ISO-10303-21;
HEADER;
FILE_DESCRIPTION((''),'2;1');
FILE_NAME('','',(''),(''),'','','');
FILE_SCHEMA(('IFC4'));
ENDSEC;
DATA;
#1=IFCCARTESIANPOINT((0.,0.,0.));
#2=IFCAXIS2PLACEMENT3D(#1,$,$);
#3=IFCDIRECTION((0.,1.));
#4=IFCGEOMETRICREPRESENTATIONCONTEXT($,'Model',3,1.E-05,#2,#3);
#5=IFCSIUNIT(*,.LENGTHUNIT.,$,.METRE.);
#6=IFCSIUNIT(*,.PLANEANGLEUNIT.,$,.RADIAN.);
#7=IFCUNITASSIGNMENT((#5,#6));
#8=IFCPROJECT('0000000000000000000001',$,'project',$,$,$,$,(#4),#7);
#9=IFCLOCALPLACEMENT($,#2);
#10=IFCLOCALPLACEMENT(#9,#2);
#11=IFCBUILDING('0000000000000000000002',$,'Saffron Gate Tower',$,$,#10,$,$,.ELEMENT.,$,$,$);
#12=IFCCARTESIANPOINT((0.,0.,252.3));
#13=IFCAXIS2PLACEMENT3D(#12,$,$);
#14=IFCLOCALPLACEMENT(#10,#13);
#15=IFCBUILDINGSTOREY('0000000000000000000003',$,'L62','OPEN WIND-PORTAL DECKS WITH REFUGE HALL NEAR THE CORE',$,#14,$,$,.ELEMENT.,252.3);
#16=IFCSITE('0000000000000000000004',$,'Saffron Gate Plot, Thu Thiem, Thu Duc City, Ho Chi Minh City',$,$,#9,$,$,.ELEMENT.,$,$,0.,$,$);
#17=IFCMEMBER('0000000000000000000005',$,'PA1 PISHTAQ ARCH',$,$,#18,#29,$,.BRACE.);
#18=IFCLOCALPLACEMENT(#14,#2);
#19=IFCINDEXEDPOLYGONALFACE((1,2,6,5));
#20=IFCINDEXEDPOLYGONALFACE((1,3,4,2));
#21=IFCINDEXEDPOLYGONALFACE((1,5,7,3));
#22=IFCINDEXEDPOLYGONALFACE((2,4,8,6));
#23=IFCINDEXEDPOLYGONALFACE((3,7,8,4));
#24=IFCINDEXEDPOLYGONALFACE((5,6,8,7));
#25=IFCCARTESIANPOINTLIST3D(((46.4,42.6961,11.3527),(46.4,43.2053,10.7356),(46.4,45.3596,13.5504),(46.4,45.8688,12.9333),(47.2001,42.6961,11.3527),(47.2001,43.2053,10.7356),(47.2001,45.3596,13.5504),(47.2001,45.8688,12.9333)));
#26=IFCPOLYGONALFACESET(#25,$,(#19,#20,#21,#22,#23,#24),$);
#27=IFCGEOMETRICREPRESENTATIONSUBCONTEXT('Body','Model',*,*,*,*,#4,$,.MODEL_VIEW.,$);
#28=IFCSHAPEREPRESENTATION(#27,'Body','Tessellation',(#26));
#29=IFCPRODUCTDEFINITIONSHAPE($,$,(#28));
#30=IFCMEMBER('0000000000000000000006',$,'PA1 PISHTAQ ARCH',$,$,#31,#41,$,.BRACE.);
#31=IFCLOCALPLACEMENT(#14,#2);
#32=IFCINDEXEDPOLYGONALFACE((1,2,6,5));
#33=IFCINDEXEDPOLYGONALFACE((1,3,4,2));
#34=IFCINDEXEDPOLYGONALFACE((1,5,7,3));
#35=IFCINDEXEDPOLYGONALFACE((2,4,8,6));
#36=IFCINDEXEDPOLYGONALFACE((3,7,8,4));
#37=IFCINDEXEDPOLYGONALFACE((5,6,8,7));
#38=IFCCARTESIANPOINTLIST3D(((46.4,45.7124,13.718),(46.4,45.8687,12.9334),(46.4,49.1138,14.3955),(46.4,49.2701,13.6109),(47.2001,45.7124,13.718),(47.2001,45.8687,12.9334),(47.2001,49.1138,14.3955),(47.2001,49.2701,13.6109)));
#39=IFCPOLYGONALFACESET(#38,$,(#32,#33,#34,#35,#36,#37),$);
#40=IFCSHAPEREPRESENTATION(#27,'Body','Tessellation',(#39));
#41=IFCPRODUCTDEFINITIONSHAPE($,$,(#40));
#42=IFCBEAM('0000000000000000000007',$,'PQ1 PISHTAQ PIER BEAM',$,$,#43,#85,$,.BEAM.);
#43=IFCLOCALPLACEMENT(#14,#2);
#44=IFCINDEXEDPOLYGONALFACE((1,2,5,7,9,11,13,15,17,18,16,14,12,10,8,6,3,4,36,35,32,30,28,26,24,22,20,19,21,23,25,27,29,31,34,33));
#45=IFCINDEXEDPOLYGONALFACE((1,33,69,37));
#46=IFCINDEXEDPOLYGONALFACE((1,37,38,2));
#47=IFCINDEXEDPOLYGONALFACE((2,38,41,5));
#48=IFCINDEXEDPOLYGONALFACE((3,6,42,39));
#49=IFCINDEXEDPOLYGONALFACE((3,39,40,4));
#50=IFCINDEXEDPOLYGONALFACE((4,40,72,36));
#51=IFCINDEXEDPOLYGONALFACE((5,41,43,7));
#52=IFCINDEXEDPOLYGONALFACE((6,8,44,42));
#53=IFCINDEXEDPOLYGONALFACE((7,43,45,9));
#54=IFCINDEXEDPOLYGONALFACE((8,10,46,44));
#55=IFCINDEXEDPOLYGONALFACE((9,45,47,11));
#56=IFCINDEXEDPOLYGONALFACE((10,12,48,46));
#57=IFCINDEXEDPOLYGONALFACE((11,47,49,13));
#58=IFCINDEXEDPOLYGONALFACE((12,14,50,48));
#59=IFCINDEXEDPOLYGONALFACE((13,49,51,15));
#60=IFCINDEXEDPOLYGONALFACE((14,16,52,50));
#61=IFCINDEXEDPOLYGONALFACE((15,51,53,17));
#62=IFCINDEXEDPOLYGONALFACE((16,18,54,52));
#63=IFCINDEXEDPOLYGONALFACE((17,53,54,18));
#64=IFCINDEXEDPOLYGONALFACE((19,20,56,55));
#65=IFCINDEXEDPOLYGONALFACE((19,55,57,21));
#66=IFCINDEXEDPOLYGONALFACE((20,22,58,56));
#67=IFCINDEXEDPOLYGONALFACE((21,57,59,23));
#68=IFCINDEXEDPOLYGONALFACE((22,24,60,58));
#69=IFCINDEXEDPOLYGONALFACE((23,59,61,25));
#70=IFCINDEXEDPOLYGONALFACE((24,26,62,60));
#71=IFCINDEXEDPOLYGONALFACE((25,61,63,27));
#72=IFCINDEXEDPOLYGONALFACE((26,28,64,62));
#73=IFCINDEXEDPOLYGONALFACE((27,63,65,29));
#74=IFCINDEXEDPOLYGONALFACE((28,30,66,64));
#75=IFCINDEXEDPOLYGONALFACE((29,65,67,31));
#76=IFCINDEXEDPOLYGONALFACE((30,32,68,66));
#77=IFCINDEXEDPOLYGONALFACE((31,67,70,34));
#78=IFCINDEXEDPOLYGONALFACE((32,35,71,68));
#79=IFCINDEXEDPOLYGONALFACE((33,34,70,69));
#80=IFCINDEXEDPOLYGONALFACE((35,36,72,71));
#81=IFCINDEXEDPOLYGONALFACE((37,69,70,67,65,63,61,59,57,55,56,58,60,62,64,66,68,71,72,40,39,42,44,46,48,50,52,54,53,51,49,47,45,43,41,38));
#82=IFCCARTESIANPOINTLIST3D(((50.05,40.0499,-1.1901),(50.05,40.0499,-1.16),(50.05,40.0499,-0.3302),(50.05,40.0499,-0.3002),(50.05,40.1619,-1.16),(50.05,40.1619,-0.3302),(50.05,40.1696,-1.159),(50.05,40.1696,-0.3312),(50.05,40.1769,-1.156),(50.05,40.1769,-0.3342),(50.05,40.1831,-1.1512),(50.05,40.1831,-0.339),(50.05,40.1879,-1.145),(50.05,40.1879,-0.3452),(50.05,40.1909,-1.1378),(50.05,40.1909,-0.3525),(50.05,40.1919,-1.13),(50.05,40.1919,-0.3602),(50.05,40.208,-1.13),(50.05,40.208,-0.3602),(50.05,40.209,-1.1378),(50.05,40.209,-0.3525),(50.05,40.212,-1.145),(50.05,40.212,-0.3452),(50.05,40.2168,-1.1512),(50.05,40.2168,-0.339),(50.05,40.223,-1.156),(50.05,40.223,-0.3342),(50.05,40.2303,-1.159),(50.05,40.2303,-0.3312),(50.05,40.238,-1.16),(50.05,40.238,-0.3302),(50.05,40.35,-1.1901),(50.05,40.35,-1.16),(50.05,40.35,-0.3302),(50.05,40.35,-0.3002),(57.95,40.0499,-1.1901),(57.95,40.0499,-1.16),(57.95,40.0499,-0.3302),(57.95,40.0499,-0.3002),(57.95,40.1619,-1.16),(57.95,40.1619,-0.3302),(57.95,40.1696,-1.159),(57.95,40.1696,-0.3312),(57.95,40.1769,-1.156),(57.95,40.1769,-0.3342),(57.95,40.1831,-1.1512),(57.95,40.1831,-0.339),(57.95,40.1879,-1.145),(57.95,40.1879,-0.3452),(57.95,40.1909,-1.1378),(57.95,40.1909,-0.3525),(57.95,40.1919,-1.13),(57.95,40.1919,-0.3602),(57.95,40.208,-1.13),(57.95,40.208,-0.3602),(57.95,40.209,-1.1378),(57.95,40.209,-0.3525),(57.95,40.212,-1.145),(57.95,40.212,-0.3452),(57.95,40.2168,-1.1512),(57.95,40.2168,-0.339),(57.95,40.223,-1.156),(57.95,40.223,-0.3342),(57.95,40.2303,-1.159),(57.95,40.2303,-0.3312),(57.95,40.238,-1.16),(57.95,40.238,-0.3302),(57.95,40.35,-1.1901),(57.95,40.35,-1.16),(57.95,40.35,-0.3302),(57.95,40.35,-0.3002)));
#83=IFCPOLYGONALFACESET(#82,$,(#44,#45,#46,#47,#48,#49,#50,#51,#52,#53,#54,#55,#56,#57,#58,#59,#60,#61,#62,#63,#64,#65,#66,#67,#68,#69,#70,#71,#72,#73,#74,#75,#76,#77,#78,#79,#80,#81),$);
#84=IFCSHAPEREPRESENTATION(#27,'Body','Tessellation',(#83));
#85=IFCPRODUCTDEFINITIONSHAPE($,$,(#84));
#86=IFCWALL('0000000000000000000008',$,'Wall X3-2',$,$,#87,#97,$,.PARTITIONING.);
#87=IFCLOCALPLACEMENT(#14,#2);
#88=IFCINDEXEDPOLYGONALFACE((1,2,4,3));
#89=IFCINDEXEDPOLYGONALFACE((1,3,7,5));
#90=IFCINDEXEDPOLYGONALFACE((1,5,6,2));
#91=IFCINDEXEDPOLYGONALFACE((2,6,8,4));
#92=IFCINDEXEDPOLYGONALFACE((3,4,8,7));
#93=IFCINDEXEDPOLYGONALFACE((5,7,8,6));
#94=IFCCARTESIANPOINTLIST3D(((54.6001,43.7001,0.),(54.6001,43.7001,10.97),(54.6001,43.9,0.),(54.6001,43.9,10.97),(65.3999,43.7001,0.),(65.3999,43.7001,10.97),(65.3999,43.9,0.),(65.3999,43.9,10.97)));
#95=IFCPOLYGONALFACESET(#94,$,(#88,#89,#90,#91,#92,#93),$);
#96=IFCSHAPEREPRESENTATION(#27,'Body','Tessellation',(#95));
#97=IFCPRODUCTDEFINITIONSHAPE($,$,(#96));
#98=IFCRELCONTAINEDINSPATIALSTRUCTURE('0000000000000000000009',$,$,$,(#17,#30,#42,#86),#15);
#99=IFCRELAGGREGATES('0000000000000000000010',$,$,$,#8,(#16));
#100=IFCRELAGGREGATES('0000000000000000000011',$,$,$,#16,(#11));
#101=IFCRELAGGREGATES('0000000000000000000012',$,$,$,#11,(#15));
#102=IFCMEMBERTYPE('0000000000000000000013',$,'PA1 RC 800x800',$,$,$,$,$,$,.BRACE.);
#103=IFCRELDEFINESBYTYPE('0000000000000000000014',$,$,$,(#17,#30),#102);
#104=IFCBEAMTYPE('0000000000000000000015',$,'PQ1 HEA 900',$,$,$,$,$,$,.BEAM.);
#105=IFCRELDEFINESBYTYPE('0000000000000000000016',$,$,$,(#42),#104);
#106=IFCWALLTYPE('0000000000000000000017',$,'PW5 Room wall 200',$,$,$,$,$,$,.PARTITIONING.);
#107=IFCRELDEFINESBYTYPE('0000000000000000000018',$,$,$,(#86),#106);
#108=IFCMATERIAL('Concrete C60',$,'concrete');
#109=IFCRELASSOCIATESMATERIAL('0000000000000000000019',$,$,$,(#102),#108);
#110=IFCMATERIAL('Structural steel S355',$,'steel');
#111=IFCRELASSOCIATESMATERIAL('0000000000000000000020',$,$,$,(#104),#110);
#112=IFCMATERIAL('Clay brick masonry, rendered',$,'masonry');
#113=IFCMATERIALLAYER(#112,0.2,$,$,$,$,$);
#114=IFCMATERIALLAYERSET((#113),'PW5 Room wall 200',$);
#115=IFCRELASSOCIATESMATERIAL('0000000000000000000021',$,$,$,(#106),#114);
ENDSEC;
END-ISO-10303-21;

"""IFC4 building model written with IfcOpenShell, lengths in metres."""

from ifc_helpers import new_model, si_unit, direction, frame, frame_2d, origin, origin_2d, place, context, subcontext, project, spatial, rectangle, i_section, extrude, material, layer, layer_set, material_profile, profile_set, type_object, element, save


model = new_model("IFC4")

# Units and contexts
model_context = context("Model", 3, precision=1e-05, world=origin(), true_north=direction((0.0, 1.0)))
body_context = subcontext(model_context, "Body", "Model", "MODEL_VIEW")
ifc_project = project(units=[si_unit("LENGTHUNIT", "METRE"), si_unit("PLANEANGLEUNIT", "RADIAN")], contexts=[model_context])

# Site, building, storey
site_placement = place(None, origin())
site = spatial("IfcSite", under=ifc_project, at=site_placement, Name="Saffron Gate Plot, Thu Thiem, Thu Duc City, Ho Chi Minh City", CompositionType="ELEMENT", RefElevation=0.0)
building_placement = place(site_placement, origin())
building = spatial("IfcBuilding", under=site, at=building_placement, Name="Saffron Gate Tower", CompositionType="ELEMENT")
storey_placement = place(building_placement, frame((0.0, 0.0, 252.3)))
storey = spatial("IfcBuildingStorey", under=building, at=storey_placement, Name="L62", Description="OPEN WIND-PORTAL DECKS WITH REFUGE HALL NEAR THE CORE", CompositionType="ELEMENT", Elevation=252.3)

# Shared definitions
ifc_material_1 = material(Name="Structural steel S355", Category="steel")

# Members
ifc_material_2 = material(Name="Concrete C60", Category="concrete")
ifc_material_profile_1 = material_profile(ifc_material_2, rectangle(XDim=0.8, YDim=0.8, at=origin_2d()))
ifc_profile_set_1 = profile_set([ifc_material_profile_1], Name="Concrete C60")
member_type_1 = type_object("IfcMemberType", Name="PA1 RC 800x800", PredefinedType="BRACE", material=ifc_profile_set_1)
member_1_placement = place(storey_placement, frame((46.8, 42.9507, 11.0442), z_axis=(0.0, 0.77133, 0.636436), x_axis=(-1.0, 0.0, 0.0)))
element("IfcMember", 1, at=member_1_placement, inside=storey, type_object=member_type_1, Name="PA1 PISHTAQ ARCH", PredefinedType="BRACE", context=body_context, shape_type="SweptSolid", body=[
    extrude(rectangle(XDim=0.8, YDim=0.8, at=origin_2d()), origin(), (0.0, 0.0, 1.0), 3.4531),
])
member_2_placement = place(storey_placement, frame((46.8, 45.7905, 13.3257), z_axis=(0.0, 0.980735, 0.195344), x_axis=(-1.0, 0.0, 0.0)))
element("IfcMember", 2, at=member_2_placement, inside=storey, type_object=member_type_1, Name="PA1 PISHTAQ ARCH", PredefinedType="BRACE", context=body_context, shape_type="SweptSolid", body=[
    extrude(rectangle(XDim=0.8, YDim=0.8, at=origin_2d()), origin(), (0.0, 0.0, 1.0), 3.4683),
])

# Beam
ifc_material_profile_2 = material_profile(ifc_material_1, i_section(OverallWidth=0.3, OverallDepth=0.8899, WebThickness=0.0161, FlangeThickness=0.03, FilletRadius=0.03, at=origin_2d()))
ifc_profile_set_2 = profile_set([ifc_material_profile_2], Name="Structural steel S355")
beam_type_1 = type_object("IfcBeamType", Name="PQ1 HEA 900", PredefinedType="BEAM", material=ifc_profile_set_2)
beam_1_placement = place(storey_placement, frame((50.05, 40.2, -0.7451), z_axis=(1.0, 0.0, 0.0), x_axis=(0.0, 1.0, 0.0)))
element("IfcBeam", 3, at=beam_1_placement, inside=storey, type_object=beam_type_1, Name="PQ1 PISHTAQ PIER BEAM", PredefinedType="BEAM", context=body_context, shape_type="SweptSolid", body=[
    extrude(i_section(OverallWidth=0.3, OverallDepth=0.8899, WebThickness=0.0161, FlangeThickness=0.03, FilletRadius=0.03, at=origin_2d()), origin(), (0.0, 0.0, 1.0), 7.8999),
])

# Wall
ifc_material_3 = material(Name="Clay brick masonry, rendered", Category="masonry")
ifc_layer = layer(ifc_material_3, 0.2)
ifc_layer_set = layer_set([ifc_layer], Name="PW5 Room wall 200")
wall_type = type_object("IfcWallType", Name="PW5 Room wall 200", PredefinedType="PARTITIONING", material=ifc_layer_set)
wall_placement = place(storey_placement, frame((54.6001, 43.8, 0.0), z_axis=(0.0, 0.0, 1.0), x_axis=(1.0, 0.0, 0.0)))
element("IfcWall", 4, at=wall_placement, inside=storey, type_object=wall_type, Name="Wall X3-2", PredefinedType="PARTITIONING", context=body_context, shape_type="SweptSolid", body=[
    extrude(rectangle(XDim=10.7998, YDim=0.2, at=frame_2d((5.3999, 0.0))), origin(), (0.0, 0.0, 1.0), 10.97),
])

save(model, "model.ifc")
